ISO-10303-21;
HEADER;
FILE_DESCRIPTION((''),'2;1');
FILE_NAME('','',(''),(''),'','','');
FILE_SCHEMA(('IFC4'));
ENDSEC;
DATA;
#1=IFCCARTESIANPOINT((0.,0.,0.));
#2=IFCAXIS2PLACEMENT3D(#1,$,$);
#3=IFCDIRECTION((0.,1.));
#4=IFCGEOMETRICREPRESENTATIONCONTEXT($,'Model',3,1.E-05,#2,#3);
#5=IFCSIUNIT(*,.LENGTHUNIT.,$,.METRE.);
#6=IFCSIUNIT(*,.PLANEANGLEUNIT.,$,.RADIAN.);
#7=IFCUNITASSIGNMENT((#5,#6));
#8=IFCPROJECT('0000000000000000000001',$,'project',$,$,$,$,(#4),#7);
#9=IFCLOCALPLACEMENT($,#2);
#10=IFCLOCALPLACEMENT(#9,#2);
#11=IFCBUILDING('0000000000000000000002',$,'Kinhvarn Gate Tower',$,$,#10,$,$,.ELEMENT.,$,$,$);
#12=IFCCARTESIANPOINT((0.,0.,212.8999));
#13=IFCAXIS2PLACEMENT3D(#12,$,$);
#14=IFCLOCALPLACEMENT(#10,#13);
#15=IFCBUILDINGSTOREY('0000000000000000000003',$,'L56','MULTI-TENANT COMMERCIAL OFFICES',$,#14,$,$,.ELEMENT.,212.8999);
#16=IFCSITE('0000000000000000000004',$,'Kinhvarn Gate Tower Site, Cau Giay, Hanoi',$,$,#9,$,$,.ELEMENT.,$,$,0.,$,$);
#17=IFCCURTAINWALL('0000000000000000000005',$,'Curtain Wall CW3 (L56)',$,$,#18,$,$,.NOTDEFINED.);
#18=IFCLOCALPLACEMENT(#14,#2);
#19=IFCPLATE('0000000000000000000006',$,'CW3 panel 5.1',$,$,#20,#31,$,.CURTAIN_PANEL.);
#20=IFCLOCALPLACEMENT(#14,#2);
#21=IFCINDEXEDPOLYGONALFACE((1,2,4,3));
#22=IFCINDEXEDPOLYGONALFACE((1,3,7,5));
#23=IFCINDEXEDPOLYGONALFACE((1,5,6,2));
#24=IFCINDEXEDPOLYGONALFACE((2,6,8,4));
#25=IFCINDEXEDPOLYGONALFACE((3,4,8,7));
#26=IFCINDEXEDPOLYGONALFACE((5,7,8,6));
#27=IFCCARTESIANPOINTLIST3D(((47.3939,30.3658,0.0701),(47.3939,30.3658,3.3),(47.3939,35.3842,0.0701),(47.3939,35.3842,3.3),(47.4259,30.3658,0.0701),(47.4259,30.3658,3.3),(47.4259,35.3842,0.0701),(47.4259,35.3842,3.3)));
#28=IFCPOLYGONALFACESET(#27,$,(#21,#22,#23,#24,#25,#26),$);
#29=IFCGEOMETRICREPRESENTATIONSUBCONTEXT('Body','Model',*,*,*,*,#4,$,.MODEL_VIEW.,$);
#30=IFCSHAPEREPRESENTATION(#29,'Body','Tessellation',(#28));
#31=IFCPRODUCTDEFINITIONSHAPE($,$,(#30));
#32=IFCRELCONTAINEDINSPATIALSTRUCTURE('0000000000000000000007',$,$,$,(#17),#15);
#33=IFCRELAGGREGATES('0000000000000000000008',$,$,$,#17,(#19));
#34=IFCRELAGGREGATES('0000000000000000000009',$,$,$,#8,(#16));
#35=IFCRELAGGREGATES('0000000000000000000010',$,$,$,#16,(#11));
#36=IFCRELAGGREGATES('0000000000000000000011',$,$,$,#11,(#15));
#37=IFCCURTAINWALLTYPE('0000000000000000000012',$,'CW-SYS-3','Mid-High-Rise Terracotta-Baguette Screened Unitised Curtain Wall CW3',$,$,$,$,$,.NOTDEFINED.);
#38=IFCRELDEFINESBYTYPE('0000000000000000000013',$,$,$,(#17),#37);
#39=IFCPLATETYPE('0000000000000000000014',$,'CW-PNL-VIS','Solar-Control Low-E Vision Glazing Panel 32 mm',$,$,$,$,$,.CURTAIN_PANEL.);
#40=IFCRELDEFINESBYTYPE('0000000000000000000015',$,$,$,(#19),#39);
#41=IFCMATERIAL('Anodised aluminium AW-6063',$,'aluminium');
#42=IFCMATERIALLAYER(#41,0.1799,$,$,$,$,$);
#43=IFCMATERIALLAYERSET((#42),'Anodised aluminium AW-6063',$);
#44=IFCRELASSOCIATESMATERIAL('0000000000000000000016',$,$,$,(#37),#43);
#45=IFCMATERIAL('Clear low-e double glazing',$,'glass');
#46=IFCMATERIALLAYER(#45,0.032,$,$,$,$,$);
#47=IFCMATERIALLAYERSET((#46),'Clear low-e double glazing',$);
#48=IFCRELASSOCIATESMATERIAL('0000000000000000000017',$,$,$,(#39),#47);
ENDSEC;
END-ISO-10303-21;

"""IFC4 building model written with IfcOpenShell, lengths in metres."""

from ifc_helpers import new_model, si_unit, direction, frame, origin, origin_2d, place, context, subcontext, project, spatial, rectangle, extrude, material, layer, layer_set, type_object, element, aggregate, save


model = new_model("IFC4")

# Units and contexts
model_context = context("Model", 3, precision=1e-05, world=origin(), true_north=direction((0.0, 1.0)))
body_context = subcontext(model_context, "Body", "Model", "MODEL_VIEW")
ifc_project = project(units=[si_unit("LENGTHUNIT", "METRE"), si_unit("PLANEANGLEUNIT", "RADIAN")], contexts=[model_context])

# Site, building, storey
site_placement = place(None, origin())
site = spatial("IfcSite", under=ifc_project, at=site_placement, Name="Kinhvarn Gate Tower Site, Cau Giay, Hanoi", CompositionType="ELEMENT", RefElevation=0.0)
building_placement = place(site_placement, origin())
building = spatial("IfcBuilding", under=site, at=building_placement, Name="Kinhvarn Gate Tower", CompositionType="ELEMENT")
storey_placement = place(building_placement, frame((0.0, 0.0, 212.8999)))
storey = spatial("IfcBuildingStorey", under=building, at=storey_placement, Name="L56", Description="MULTI-TENANT COMMERCIAL OFFICES", CompositionType="ELEMENT", Elevation=212.8999)

# Curtain wall
ifc_material_1 = material(Name="Anodised aluminium AW-6063", Category="aluminium")
ifc_layer_1 = layer(ifc_material_1, 0.1799)
ifc_layer_set_1 = layer_set([ifc_layer_1], Name="Anodised aluminium AW-6063")
curtain_wall_type = type_object("IfcCurtainWallType", Name="CW-SYS-3", Description="Mid-High-Rise Terracotta-Baguette Screened Unitised Curtain Wall CW3", PredefinedType="NOTDEFINED", material=ifc_layer_set_1)
curtain_wall_placement = place(storey_placement, origin())
curtain_wall = element("IfcCurtainWall", 1, at=curtain_wall_placement, inside=storey, type_object=curtain_wall_type, Name="Curtain Wall CW3 (L56)", PredefinedType="NOTDEFINED")

# Plate
ifc_material_2 = material(Name="Clear low-e double glazing", Category="glass")
ifc_layer_2 = layer(ifc_material_2, 0.032)
ifc_layer_set_2 = layer_set([ifc_layer_2], Name="Clear low-e double glazing")
plate_type = type_object("IfcPlateType", Name="CW-PNL-VIS", Description="Solar-Control Low-E Vision Glazing Panel 32 mm", PredefinedType="CURTAIN_PANEL", material=ifc_layer_set_2)
plate_1_placement = place(storey_placement, frame((47.4099, 32.875, 0.0701), z_axis=(0.0, 0.0, 1.0), x_axis=(0.0, 1.0, 0.0)))
plate_1 = element("IfcPlate", 2, at=plate_1_placement, type_object=plate_type, Name="CW3 panel 5.1", PredefinedType="CURTAIN_PANEL", context=body_context, shape_type="SweptSolid", body=[
    extrude(rectangle(XDim=5.0183, YDim=0.032, at=origin_2d()), origin(), (0.0, 0.0, 1.0), 3.23),
])
aggregate(curtain_wall, [plate_1])

save(model, "model.ifc")
